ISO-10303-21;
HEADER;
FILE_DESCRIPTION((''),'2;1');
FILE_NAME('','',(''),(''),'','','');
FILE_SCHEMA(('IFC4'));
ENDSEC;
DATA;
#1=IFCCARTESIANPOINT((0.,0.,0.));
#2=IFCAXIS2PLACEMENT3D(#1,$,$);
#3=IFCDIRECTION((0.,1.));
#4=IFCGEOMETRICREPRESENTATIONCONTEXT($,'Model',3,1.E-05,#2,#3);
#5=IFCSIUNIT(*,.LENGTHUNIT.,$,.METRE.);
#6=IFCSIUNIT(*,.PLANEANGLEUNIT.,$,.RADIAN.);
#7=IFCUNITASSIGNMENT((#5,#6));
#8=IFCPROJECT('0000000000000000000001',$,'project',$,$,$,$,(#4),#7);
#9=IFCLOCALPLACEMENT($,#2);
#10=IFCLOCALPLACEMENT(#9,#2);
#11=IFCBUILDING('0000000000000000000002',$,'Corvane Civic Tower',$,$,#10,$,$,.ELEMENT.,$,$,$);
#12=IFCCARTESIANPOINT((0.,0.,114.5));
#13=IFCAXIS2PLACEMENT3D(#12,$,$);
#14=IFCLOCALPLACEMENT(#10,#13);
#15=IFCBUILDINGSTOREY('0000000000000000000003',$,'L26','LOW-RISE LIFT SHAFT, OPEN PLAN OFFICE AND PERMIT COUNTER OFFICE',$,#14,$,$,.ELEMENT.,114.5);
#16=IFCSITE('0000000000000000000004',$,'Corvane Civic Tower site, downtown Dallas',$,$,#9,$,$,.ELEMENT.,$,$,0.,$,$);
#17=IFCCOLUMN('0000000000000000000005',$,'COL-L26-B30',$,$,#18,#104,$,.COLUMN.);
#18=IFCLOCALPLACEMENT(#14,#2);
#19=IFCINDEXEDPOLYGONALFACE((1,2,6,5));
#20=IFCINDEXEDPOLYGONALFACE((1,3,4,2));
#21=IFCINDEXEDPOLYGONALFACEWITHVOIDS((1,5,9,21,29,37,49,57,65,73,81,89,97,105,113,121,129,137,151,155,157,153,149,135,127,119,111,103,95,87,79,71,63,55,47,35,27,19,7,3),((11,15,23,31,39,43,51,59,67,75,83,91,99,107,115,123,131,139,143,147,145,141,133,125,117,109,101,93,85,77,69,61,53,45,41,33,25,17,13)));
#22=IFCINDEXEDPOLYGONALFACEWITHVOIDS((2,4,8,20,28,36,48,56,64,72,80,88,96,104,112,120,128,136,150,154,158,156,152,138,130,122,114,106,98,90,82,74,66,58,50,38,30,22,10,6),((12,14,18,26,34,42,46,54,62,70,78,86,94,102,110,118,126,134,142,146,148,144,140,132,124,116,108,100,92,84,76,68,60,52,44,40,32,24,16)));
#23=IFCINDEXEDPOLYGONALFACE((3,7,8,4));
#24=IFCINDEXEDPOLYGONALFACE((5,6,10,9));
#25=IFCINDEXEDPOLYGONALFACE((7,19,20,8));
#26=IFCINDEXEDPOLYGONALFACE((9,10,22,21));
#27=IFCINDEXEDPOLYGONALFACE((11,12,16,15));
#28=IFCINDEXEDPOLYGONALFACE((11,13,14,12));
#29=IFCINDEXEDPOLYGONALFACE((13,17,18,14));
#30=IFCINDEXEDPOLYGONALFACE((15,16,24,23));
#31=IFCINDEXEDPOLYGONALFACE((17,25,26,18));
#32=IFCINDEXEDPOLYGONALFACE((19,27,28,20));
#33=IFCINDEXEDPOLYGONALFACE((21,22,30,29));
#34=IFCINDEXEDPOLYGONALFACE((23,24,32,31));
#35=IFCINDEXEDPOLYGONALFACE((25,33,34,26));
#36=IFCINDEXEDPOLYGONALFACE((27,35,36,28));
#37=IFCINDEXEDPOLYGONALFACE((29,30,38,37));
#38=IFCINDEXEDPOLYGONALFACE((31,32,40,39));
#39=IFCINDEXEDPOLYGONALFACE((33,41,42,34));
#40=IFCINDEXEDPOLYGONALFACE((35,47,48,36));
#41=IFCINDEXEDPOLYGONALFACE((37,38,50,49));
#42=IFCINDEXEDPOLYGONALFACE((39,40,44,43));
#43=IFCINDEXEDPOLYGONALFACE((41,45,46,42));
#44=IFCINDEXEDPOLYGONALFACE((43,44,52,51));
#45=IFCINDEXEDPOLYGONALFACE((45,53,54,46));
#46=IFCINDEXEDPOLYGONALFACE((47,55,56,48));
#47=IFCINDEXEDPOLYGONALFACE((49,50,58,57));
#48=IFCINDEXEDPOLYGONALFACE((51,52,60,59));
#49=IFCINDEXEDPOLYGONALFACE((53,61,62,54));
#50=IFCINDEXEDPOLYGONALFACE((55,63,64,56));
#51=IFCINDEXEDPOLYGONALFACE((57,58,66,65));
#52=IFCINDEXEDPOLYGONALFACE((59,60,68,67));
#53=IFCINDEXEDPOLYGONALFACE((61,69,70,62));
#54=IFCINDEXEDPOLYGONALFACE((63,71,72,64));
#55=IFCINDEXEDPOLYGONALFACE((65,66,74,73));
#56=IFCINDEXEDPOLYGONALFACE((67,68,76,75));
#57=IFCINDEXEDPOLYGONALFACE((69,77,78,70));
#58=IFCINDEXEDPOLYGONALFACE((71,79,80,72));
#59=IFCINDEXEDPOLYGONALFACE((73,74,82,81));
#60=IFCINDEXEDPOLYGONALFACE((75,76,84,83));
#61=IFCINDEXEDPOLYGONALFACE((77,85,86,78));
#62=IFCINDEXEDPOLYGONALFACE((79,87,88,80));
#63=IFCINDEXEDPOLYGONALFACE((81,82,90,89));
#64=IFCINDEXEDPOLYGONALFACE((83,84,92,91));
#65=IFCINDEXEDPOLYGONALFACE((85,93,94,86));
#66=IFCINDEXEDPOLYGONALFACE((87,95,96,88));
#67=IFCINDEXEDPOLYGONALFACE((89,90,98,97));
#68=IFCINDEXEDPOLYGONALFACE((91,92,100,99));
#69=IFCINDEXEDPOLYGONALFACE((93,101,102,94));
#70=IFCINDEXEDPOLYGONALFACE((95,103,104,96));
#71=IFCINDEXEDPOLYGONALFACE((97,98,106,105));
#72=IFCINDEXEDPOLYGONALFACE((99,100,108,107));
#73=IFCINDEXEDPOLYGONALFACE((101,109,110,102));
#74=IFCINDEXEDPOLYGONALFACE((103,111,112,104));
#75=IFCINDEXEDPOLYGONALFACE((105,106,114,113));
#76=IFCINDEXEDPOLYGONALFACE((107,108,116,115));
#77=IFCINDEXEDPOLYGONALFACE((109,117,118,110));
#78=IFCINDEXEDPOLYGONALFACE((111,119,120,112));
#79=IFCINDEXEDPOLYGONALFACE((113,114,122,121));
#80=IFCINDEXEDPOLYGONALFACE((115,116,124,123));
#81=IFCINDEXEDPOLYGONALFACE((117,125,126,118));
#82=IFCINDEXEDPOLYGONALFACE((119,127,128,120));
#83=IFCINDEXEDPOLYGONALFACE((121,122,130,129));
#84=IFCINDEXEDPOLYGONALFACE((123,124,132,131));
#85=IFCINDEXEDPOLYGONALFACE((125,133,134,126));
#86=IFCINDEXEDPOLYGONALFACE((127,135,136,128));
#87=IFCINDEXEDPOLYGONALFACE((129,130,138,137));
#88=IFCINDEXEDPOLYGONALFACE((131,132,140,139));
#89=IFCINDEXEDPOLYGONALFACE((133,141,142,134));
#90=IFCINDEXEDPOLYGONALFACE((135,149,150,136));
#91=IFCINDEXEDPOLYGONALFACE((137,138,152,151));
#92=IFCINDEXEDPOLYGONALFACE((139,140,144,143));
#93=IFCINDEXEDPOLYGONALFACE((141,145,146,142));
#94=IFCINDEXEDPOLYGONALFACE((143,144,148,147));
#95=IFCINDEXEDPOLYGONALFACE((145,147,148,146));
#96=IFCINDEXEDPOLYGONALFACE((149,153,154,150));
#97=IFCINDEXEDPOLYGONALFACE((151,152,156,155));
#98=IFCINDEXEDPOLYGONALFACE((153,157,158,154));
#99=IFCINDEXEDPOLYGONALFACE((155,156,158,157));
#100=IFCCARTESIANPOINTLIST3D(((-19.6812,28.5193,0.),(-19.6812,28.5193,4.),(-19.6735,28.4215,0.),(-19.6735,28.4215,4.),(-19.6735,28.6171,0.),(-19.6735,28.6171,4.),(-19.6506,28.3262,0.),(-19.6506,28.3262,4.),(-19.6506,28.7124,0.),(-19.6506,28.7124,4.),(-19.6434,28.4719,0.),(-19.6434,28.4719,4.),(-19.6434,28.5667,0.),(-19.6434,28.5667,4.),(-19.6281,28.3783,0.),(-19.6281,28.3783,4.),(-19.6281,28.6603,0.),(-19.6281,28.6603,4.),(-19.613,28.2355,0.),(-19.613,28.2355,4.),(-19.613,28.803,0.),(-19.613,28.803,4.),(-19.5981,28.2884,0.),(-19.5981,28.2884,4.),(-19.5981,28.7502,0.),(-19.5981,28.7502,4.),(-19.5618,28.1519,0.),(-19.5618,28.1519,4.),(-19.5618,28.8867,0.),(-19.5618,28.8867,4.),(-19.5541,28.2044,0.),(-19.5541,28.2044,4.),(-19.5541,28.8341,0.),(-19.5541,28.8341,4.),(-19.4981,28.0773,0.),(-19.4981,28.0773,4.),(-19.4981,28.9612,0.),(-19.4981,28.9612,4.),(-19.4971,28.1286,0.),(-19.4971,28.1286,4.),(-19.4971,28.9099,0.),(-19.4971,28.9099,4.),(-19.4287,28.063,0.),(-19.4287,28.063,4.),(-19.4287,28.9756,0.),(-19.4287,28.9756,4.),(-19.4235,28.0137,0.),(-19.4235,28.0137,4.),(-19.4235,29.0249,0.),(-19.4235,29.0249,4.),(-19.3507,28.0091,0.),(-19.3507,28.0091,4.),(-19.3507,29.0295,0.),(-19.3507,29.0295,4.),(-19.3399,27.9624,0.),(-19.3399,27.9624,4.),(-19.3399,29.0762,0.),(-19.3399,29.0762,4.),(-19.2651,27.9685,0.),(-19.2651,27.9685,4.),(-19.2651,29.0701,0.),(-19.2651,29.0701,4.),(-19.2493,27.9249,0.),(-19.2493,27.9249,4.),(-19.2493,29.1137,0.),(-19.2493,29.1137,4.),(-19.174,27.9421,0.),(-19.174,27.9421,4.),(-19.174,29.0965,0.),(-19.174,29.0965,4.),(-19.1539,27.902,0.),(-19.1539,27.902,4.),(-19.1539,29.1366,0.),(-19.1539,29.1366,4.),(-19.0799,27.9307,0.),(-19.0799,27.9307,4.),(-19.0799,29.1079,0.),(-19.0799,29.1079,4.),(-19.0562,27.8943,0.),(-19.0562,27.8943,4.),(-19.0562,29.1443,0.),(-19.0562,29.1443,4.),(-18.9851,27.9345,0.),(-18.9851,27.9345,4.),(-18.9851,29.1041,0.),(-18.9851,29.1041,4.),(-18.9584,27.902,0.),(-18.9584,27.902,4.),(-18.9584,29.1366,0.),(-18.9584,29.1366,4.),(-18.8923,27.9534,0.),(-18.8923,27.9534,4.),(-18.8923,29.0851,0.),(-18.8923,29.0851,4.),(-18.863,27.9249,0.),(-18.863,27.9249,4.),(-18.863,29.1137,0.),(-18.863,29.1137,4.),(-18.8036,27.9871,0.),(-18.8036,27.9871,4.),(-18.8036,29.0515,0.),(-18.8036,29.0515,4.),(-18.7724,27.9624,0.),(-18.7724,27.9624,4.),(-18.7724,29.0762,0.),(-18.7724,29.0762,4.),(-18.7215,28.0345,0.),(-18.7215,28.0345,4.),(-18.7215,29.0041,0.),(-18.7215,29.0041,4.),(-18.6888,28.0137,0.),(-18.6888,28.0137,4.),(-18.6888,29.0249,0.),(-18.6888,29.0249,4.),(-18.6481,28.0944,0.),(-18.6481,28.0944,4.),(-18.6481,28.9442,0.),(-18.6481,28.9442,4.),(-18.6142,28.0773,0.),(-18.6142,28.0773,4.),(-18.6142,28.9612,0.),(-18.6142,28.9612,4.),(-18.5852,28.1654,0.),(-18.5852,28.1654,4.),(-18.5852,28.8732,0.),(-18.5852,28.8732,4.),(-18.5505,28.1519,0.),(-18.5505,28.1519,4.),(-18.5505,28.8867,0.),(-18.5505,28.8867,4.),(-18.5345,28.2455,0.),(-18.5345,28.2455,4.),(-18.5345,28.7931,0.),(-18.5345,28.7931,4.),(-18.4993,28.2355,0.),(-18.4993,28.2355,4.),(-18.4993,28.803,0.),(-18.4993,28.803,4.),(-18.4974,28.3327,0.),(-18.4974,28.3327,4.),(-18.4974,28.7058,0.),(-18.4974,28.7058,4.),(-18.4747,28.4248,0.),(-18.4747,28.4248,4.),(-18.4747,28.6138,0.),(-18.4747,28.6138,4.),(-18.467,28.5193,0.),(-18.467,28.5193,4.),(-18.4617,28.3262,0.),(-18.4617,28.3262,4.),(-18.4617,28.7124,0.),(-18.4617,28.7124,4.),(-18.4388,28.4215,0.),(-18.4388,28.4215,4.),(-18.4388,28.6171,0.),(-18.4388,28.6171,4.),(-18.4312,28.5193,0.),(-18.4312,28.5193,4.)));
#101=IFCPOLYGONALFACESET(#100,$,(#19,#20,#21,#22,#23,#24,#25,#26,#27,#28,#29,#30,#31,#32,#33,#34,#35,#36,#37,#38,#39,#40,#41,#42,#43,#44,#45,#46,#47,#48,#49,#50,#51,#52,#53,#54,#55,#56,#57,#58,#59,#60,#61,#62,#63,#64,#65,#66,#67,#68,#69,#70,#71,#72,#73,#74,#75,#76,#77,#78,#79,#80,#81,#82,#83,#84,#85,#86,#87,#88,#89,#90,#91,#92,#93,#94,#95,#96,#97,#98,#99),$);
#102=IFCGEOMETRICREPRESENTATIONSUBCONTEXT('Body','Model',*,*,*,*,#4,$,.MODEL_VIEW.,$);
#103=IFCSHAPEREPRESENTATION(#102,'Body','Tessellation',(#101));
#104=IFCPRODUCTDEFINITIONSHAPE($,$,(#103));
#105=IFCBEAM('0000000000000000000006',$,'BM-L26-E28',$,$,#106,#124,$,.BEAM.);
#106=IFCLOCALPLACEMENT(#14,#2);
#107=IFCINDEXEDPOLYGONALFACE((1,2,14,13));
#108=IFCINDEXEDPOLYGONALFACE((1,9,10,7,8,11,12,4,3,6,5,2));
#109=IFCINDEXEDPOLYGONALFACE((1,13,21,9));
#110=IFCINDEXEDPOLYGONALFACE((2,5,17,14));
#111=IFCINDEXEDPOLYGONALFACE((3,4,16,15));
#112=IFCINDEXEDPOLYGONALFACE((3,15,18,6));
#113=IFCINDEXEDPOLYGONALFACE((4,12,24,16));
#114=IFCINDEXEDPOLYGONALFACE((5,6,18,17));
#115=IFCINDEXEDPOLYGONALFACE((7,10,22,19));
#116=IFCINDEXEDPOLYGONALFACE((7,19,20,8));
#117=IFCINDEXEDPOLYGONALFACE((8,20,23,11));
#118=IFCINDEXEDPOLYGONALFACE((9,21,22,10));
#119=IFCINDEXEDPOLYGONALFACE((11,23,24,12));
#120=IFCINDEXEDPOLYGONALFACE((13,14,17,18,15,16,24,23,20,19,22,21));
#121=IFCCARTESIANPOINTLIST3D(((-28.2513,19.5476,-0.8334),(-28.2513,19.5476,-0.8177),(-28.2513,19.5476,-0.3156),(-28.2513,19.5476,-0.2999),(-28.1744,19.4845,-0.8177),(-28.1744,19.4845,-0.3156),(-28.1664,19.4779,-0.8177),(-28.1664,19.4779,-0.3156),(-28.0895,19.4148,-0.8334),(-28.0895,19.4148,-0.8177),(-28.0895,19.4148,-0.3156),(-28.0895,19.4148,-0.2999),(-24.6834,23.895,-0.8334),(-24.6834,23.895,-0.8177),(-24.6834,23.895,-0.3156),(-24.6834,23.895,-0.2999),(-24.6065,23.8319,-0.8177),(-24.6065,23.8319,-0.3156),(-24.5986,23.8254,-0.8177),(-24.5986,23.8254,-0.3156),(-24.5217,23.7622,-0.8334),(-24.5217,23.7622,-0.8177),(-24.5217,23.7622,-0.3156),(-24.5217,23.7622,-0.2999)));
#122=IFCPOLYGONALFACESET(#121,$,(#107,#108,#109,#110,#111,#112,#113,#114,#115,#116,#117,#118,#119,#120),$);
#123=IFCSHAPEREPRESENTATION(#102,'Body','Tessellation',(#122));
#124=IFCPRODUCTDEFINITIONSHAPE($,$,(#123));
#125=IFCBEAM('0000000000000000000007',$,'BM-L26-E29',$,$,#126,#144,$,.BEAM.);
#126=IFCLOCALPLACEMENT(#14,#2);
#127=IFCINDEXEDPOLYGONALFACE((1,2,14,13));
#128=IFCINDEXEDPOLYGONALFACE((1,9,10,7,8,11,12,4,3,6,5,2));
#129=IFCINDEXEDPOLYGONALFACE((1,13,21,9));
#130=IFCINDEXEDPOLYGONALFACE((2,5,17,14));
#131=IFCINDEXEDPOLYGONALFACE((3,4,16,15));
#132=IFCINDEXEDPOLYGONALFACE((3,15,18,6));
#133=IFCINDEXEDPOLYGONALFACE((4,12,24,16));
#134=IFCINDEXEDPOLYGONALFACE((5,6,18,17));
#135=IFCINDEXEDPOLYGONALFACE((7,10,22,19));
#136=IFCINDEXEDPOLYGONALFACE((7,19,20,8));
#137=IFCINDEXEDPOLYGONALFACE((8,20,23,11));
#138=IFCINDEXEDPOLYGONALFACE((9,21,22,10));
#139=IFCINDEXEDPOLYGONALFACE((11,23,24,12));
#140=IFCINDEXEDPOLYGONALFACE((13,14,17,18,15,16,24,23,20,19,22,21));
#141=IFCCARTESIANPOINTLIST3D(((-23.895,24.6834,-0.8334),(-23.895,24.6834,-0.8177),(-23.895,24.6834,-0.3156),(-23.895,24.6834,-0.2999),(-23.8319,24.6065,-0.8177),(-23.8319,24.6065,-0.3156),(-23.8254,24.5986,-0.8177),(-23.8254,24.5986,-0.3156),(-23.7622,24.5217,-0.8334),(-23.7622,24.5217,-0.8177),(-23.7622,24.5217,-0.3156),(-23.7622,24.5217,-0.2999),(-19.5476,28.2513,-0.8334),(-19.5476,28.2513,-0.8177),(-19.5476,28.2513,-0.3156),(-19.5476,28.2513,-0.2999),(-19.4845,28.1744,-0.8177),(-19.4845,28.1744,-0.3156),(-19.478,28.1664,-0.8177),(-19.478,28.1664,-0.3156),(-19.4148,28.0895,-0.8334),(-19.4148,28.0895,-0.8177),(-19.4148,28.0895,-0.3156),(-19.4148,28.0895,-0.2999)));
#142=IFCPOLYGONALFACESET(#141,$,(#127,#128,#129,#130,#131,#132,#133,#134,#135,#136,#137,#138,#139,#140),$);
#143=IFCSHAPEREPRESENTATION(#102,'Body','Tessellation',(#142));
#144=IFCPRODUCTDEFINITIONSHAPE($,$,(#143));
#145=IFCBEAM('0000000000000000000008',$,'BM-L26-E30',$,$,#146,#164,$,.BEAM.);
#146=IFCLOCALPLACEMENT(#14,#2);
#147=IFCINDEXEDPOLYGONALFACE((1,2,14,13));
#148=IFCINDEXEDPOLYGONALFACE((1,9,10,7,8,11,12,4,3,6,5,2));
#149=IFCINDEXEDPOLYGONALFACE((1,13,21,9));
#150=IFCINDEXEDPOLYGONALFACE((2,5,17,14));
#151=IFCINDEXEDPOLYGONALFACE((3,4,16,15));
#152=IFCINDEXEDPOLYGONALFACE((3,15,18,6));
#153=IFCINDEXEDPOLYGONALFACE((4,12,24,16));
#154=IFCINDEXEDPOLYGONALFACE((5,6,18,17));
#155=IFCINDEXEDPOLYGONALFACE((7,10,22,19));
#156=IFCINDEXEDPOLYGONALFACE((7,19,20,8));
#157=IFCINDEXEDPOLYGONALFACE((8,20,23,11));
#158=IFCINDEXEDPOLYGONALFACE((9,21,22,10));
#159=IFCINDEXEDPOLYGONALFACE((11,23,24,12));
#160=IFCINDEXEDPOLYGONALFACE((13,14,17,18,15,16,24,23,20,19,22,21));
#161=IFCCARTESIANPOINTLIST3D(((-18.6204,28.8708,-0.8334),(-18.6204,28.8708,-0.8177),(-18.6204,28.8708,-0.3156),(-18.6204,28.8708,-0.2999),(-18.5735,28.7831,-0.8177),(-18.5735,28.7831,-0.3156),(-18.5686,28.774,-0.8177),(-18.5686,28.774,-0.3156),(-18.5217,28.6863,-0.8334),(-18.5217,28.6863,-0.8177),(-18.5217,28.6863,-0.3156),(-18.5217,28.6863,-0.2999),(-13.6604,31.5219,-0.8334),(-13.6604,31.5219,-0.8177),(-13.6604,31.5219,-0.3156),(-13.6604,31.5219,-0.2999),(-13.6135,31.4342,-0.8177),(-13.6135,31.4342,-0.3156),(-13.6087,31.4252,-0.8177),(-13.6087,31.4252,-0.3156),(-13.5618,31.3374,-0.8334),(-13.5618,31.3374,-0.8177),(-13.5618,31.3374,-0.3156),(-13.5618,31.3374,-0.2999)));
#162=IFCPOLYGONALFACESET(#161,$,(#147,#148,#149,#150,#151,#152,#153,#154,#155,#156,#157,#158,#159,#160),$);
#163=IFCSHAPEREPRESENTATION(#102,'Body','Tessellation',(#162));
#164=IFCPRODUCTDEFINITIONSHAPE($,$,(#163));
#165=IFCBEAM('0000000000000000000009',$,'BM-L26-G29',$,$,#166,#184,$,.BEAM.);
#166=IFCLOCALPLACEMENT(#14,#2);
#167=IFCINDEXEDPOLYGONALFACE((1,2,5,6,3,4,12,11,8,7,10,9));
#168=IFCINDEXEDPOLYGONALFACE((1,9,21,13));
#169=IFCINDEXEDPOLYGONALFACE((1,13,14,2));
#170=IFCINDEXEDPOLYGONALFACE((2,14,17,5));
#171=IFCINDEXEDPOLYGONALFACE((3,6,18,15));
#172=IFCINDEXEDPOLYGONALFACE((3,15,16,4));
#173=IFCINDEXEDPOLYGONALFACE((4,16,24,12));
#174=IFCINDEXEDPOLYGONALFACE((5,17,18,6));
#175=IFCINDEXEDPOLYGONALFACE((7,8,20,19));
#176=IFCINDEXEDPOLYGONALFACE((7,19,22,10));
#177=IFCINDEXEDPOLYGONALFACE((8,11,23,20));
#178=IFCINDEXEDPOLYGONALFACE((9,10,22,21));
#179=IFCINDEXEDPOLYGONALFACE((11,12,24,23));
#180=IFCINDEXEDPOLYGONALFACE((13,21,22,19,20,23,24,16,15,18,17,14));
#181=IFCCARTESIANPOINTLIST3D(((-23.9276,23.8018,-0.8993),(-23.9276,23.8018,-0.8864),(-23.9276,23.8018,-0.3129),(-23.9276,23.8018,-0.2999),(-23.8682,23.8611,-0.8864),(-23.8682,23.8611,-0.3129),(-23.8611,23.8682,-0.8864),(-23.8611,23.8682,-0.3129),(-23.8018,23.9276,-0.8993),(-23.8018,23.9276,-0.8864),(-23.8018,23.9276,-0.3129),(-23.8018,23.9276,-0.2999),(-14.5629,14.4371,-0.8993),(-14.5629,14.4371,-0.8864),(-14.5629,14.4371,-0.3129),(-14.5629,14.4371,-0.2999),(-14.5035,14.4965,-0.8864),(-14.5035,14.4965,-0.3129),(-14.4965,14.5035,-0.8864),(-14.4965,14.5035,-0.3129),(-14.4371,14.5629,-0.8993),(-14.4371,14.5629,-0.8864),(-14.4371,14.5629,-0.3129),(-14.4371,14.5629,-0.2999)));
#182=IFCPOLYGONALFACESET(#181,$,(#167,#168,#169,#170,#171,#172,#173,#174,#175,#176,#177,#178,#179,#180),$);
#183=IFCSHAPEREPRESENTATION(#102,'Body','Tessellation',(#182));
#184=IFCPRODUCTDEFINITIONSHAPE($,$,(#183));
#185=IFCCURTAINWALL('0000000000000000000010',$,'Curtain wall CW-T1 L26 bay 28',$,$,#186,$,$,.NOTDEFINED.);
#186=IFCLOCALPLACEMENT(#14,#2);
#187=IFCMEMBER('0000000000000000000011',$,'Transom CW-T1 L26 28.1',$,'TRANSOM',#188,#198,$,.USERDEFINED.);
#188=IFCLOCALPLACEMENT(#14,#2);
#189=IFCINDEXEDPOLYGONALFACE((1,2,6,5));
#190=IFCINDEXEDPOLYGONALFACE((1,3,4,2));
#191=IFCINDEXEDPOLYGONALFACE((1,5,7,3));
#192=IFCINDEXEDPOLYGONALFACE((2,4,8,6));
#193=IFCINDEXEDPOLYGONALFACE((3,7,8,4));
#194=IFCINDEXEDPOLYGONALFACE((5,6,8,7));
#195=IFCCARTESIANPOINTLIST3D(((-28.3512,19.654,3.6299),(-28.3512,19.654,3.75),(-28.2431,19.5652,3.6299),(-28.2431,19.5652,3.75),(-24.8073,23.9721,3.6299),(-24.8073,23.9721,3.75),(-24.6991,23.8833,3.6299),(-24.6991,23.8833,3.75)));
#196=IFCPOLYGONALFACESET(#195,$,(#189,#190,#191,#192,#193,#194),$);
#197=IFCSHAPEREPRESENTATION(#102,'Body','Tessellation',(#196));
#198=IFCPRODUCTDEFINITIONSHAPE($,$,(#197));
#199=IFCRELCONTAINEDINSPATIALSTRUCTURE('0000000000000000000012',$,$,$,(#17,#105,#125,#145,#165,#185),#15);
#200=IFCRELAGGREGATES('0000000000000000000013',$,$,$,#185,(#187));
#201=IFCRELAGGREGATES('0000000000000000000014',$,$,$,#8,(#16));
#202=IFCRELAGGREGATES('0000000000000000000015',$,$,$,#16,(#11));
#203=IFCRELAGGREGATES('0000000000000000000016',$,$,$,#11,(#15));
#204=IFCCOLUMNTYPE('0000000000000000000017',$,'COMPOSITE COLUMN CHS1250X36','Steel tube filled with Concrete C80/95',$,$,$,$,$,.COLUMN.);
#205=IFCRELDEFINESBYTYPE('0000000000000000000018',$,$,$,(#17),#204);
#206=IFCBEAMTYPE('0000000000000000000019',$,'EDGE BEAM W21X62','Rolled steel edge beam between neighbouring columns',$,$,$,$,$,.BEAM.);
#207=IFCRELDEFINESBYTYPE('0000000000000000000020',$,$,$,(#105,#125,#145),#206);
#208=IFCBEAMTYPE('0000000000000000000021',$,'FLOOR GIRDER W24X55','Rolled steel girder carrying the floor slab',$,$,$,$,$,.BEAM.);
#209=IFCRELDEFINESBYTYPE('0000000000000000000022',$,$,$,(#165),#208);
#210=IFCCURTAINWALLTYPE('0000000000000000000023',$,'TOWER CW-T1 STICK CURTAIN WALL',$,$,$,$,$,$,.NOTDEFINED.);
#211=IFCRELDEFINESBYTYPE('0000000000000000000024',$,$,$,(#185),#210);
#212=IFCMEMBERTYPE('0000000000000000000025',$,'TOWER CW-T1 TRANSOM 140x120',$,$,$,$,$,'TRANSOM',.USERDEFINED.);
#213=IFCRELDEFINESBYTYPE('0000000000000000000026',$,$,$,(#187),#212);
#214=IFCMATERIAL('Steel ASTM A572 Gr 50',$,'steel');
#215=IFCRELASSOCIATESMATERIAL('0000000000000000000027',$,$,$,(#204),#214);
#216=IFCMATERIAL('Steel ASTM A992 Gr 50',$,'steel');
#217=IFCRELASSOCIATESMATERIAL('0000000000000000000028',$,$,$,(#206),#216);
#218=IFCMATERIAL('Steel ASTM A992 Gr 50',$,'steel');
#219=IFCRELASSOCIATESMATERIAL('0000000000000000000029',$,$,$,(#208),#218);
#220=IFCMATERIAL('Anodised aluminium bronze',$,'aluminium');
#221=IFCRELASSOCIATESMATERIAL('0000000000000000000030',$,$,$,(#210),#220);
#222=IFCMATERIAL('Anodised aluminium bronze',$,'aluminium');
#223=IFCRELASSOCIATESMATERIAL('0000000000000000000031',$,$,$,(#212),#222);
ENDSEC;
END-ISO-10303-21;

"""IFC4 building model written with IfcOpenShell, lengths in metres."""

from ifc_helpers import new_model, si_unit, direction, frame, origin, origin_2d, place, context, subcontext, project, spatial, rectangle, hollow_circle, i_section, extrude, material, material_profile, profile_set, type_object, element, aggregate, save


model = new_model("IFC4")

# Units and contexts
model_context = context("Model", 3, precision=1e-05, world=origin(), true_north=direction((0.0, 1.0)))
body_context = subcontext(model_context, "Body", "Model", "MODEL_VIEW")
ifc_project = project(units=[si_unit("LENGTHUNIT", "METRE"), si_unit("PLANEANGLEUNIT", "RADIAN")], contexts=[model_context])

# Site, building, storey
site_placement = place(None, origin())
site = spatial("IfcSite", under=ifc_project, at=site_placement, Name="Corvane Civic Tower site, downtown Dallas", CompositionType="ELEMENT", RefElevation=0.0)
building_placement = place(site_placement, origin())
building = spatial("IfcBuilding", under=site, at=building_placement, Name="Corvane Civic Tower", CompositionType="ELEMENT")
storey_placement = place(building_placement, frame((0.0, 0.0, 114.5)))
storey = spatial("IfcBuildingStorey", under=building, at=storey_placement, Name="L26", Description="LOW-RISE LIFT SHAFT, OPEN PLAN OFFICE AND PERMIT COUNTER OFFICE", CompositionType="ELEMENT", Elevation=114.5)

# Column
ifc_material_1 = material(Name="Steel ASTM A572 Gr 50", Category="steel")
ifc_material_profile_1 = material_profile(ifc_material_1, hollow_circle(Radius=0.625, WallThickness=0.0359, at=origin_2d()), Name="CHS1250X36")
ifc_profile_set_1 = profile_set([ifc_material_profile_1], Name="Steel ASTM A572 Gr 50")
column_type = type_object("IfcColumnType", Name="COMPOSITE COLUMN CHS1250X36", Description="Steel tube filled with Concrete C80/95", PredefinedType="COLUMN", material=ifc_profile_set_1)
for number, where, z_axis, x_axis, name in (
    (1, (-19.0562, 28.5193, 0.0), (0.0, 0.0, 1.0), (1.0, 0.0, 0.0), "COL-L26-B30"),
):
    element("IfcColumn", number, at=place(storey_placement, frame(where, z_axis=z_axis, x_axis=x_axis)), inside=storey, type_object=column_type, Name=name, PredefinedType="COLUMN", context=body_context, shape_type="SweptSolid", body=[
        extrude(hollow_circle(Radius=0.625, WallThickness=0.0359, at=origin_2d()), origin(), (0.0, 0.0, 1.0), 4.0),
    ])

# Beams
ifc_material_2 = material(Name="Steel ASTM A992 Gr 50", Category="steel")
ifc_material_profile_2 = material_profile(ifc_material_2, i_section(OverallWidth=0.2092, OverallDepth=0.5334, WebThickness=0.0103, FlangeThickness=0.0156, at=origin_2d()), Name="W21X62")
ifc_profile_set_2 = profile_set([ifc_material_profile_2], Name="Steel ASTM A992 Gr 50")
beam_type_1 = type_object("IfcBeamType", Name="EDGE BEAM W21X62", Description="Rolled steel edge beam between neighbouring columns", PredefinedType="BEAM", material=ifc_profile_set_2)
for number, where, z_axis, x_axis, name in (
    (2, (-28.1704, 19.4812, -0.5667), (0.634398, 0.773007, 0.0), (-0.773007, 0.634398, 0.0), "BM-L26-E28"),
    (3, (-23.8286, 24.6025, -0.5667), (0.773007, 0.634398, 0.0), (-0.634398, 0.773007, 0.0), "BM-L26-E29"),
    (4, (-18.571, 28.7786, -0.5667), (0.881924, 0.471392, 0.0), (-0.471392, 0.881924, 0.0), "BM-L26-E30"),
):
    element("IfcBeam", number, at=place(storey_placement, frame(where, z_axis=z_axis, x_axis=x_axis)), inside=storey, type_object=beam_type_1, Name=name, PredefinedType="BEAM", context=body_context, shape_type="SweptSolid", body=[
        extrude(i_section(OverallWidth=0.2092, OverallDepth=0.5334, WebThickness=0.0103, FlangeThickness=0.0156, at=origin_2d()), origin(), (0.0, 0.0, 1.0), 5.624),
    ])
ifc_material_3 = material(Name="Steel ASTM A992 Gr 50", Category="steel")
ifc_material_profile_3 = material_profile(ifc_material_3, i_section(OverallWidth=0.178, OverallDepth=0.5994, WebThickness=0.01, FlangeThickness=0.0129, at=origin_2d()), Name="W24X55")
ifc_profile_set_3 = profile_set([ifc_material_profile_3], Name="Steel ASTM A992 Gr 50")
beam_type_2 = type_object("IfcBeamType", Name="FLOOR GIRDER W24X55", Description="Rolled steel girder carrying the floor slab", PredefinedType="BEAM", material=ifc_profile_set_3)
beam_placement = place(storey_placement, frame((-14.5, 14.5, -0.5996), z_axis=(-0.707107, 0.707107, 0.0), x_axis=(-0.707107, -0.707107, 0.0)))
element("IfcBeam", 5, at=beam_placement, inside=storey, type_object=beam_type_2, Name="BM-L26-G29", PredefinedType="BEAM", context=body_context, shape_type="SweptSolid", body=[
    extrude(i_section(OverallWidth=0.178, OverallDepth=0.5994, WebThickness=0.01, FlangeThickness=0.0129, at=origin_2d()), origin(), (0.0, 0.0, 1.0), 13.2437),
])

# Curtain wall, member
ifc_material_4 = material(Name="Anodised aluminium bronze", Category="aluminium")
curtain_wall_type = type_object("IfcCurtainWallType", Name="TOWER CW-T1 STICK CURTAIN WALL", PredefinedType="NOTDEFINED", material=ifc_material_4)
curtain_wall_1_placement = place(storey_placement, origin())
curtain_wall_1 = element("IfcCurtainWall", 6, at=curtain_wall_1_placement, inside=storey, type_object=curtain_wall_type, Name="Curtain wall CW-T1 L26 bay 28", PredefinedType="NOTDEFINED")
ifc_material_5 = material(Name="Anodised aluminium bronze", Category="aluminium")
ifc_material_profile_4 = material_profile(ifc_material_5, rectangle(XDim=0.1399, YDim=0.1201, at=origin_2d()), Name="TOWER CW-T1 TRANSOM 140x120")
ifc_profile_set_4 = profile_set([ifc_material_profile_4], Name="Anodised aluminium bronze")
member_type = type_object("IfcMemberType", Name="TOWER CW-T1 TRANSOM 140x120", ElementType="TRANSOM", PredefinedType="USERDEFINED", material=ifc_profile_set_4)
member_1_placement = place(storey_placement, frame((-28.2971, 19.6096, 3.6899), z_axis=(0.63441, 0.772996, 0.0), x_axis=(-0.772996, 0.63441, 0.0)))
member_1 = element("IfcMember", 7, at=member_1_placement, type_object=member_type, Name="Transom CW-T1 L26 28.1", ObjectType="TRANSOM", PredefinedType="USERDEFINED", context=body_context, shape_type="SweptSolid", body=[
    extrude(rectangle(XDim=0.1399, YDim=0.1201, at=origin_2d()), origin(), (0.0, 0.0, 1.0), 5.5862),
])

aggregate(curtain_wall_1, [member_1])

save(model, "model.ifc")
